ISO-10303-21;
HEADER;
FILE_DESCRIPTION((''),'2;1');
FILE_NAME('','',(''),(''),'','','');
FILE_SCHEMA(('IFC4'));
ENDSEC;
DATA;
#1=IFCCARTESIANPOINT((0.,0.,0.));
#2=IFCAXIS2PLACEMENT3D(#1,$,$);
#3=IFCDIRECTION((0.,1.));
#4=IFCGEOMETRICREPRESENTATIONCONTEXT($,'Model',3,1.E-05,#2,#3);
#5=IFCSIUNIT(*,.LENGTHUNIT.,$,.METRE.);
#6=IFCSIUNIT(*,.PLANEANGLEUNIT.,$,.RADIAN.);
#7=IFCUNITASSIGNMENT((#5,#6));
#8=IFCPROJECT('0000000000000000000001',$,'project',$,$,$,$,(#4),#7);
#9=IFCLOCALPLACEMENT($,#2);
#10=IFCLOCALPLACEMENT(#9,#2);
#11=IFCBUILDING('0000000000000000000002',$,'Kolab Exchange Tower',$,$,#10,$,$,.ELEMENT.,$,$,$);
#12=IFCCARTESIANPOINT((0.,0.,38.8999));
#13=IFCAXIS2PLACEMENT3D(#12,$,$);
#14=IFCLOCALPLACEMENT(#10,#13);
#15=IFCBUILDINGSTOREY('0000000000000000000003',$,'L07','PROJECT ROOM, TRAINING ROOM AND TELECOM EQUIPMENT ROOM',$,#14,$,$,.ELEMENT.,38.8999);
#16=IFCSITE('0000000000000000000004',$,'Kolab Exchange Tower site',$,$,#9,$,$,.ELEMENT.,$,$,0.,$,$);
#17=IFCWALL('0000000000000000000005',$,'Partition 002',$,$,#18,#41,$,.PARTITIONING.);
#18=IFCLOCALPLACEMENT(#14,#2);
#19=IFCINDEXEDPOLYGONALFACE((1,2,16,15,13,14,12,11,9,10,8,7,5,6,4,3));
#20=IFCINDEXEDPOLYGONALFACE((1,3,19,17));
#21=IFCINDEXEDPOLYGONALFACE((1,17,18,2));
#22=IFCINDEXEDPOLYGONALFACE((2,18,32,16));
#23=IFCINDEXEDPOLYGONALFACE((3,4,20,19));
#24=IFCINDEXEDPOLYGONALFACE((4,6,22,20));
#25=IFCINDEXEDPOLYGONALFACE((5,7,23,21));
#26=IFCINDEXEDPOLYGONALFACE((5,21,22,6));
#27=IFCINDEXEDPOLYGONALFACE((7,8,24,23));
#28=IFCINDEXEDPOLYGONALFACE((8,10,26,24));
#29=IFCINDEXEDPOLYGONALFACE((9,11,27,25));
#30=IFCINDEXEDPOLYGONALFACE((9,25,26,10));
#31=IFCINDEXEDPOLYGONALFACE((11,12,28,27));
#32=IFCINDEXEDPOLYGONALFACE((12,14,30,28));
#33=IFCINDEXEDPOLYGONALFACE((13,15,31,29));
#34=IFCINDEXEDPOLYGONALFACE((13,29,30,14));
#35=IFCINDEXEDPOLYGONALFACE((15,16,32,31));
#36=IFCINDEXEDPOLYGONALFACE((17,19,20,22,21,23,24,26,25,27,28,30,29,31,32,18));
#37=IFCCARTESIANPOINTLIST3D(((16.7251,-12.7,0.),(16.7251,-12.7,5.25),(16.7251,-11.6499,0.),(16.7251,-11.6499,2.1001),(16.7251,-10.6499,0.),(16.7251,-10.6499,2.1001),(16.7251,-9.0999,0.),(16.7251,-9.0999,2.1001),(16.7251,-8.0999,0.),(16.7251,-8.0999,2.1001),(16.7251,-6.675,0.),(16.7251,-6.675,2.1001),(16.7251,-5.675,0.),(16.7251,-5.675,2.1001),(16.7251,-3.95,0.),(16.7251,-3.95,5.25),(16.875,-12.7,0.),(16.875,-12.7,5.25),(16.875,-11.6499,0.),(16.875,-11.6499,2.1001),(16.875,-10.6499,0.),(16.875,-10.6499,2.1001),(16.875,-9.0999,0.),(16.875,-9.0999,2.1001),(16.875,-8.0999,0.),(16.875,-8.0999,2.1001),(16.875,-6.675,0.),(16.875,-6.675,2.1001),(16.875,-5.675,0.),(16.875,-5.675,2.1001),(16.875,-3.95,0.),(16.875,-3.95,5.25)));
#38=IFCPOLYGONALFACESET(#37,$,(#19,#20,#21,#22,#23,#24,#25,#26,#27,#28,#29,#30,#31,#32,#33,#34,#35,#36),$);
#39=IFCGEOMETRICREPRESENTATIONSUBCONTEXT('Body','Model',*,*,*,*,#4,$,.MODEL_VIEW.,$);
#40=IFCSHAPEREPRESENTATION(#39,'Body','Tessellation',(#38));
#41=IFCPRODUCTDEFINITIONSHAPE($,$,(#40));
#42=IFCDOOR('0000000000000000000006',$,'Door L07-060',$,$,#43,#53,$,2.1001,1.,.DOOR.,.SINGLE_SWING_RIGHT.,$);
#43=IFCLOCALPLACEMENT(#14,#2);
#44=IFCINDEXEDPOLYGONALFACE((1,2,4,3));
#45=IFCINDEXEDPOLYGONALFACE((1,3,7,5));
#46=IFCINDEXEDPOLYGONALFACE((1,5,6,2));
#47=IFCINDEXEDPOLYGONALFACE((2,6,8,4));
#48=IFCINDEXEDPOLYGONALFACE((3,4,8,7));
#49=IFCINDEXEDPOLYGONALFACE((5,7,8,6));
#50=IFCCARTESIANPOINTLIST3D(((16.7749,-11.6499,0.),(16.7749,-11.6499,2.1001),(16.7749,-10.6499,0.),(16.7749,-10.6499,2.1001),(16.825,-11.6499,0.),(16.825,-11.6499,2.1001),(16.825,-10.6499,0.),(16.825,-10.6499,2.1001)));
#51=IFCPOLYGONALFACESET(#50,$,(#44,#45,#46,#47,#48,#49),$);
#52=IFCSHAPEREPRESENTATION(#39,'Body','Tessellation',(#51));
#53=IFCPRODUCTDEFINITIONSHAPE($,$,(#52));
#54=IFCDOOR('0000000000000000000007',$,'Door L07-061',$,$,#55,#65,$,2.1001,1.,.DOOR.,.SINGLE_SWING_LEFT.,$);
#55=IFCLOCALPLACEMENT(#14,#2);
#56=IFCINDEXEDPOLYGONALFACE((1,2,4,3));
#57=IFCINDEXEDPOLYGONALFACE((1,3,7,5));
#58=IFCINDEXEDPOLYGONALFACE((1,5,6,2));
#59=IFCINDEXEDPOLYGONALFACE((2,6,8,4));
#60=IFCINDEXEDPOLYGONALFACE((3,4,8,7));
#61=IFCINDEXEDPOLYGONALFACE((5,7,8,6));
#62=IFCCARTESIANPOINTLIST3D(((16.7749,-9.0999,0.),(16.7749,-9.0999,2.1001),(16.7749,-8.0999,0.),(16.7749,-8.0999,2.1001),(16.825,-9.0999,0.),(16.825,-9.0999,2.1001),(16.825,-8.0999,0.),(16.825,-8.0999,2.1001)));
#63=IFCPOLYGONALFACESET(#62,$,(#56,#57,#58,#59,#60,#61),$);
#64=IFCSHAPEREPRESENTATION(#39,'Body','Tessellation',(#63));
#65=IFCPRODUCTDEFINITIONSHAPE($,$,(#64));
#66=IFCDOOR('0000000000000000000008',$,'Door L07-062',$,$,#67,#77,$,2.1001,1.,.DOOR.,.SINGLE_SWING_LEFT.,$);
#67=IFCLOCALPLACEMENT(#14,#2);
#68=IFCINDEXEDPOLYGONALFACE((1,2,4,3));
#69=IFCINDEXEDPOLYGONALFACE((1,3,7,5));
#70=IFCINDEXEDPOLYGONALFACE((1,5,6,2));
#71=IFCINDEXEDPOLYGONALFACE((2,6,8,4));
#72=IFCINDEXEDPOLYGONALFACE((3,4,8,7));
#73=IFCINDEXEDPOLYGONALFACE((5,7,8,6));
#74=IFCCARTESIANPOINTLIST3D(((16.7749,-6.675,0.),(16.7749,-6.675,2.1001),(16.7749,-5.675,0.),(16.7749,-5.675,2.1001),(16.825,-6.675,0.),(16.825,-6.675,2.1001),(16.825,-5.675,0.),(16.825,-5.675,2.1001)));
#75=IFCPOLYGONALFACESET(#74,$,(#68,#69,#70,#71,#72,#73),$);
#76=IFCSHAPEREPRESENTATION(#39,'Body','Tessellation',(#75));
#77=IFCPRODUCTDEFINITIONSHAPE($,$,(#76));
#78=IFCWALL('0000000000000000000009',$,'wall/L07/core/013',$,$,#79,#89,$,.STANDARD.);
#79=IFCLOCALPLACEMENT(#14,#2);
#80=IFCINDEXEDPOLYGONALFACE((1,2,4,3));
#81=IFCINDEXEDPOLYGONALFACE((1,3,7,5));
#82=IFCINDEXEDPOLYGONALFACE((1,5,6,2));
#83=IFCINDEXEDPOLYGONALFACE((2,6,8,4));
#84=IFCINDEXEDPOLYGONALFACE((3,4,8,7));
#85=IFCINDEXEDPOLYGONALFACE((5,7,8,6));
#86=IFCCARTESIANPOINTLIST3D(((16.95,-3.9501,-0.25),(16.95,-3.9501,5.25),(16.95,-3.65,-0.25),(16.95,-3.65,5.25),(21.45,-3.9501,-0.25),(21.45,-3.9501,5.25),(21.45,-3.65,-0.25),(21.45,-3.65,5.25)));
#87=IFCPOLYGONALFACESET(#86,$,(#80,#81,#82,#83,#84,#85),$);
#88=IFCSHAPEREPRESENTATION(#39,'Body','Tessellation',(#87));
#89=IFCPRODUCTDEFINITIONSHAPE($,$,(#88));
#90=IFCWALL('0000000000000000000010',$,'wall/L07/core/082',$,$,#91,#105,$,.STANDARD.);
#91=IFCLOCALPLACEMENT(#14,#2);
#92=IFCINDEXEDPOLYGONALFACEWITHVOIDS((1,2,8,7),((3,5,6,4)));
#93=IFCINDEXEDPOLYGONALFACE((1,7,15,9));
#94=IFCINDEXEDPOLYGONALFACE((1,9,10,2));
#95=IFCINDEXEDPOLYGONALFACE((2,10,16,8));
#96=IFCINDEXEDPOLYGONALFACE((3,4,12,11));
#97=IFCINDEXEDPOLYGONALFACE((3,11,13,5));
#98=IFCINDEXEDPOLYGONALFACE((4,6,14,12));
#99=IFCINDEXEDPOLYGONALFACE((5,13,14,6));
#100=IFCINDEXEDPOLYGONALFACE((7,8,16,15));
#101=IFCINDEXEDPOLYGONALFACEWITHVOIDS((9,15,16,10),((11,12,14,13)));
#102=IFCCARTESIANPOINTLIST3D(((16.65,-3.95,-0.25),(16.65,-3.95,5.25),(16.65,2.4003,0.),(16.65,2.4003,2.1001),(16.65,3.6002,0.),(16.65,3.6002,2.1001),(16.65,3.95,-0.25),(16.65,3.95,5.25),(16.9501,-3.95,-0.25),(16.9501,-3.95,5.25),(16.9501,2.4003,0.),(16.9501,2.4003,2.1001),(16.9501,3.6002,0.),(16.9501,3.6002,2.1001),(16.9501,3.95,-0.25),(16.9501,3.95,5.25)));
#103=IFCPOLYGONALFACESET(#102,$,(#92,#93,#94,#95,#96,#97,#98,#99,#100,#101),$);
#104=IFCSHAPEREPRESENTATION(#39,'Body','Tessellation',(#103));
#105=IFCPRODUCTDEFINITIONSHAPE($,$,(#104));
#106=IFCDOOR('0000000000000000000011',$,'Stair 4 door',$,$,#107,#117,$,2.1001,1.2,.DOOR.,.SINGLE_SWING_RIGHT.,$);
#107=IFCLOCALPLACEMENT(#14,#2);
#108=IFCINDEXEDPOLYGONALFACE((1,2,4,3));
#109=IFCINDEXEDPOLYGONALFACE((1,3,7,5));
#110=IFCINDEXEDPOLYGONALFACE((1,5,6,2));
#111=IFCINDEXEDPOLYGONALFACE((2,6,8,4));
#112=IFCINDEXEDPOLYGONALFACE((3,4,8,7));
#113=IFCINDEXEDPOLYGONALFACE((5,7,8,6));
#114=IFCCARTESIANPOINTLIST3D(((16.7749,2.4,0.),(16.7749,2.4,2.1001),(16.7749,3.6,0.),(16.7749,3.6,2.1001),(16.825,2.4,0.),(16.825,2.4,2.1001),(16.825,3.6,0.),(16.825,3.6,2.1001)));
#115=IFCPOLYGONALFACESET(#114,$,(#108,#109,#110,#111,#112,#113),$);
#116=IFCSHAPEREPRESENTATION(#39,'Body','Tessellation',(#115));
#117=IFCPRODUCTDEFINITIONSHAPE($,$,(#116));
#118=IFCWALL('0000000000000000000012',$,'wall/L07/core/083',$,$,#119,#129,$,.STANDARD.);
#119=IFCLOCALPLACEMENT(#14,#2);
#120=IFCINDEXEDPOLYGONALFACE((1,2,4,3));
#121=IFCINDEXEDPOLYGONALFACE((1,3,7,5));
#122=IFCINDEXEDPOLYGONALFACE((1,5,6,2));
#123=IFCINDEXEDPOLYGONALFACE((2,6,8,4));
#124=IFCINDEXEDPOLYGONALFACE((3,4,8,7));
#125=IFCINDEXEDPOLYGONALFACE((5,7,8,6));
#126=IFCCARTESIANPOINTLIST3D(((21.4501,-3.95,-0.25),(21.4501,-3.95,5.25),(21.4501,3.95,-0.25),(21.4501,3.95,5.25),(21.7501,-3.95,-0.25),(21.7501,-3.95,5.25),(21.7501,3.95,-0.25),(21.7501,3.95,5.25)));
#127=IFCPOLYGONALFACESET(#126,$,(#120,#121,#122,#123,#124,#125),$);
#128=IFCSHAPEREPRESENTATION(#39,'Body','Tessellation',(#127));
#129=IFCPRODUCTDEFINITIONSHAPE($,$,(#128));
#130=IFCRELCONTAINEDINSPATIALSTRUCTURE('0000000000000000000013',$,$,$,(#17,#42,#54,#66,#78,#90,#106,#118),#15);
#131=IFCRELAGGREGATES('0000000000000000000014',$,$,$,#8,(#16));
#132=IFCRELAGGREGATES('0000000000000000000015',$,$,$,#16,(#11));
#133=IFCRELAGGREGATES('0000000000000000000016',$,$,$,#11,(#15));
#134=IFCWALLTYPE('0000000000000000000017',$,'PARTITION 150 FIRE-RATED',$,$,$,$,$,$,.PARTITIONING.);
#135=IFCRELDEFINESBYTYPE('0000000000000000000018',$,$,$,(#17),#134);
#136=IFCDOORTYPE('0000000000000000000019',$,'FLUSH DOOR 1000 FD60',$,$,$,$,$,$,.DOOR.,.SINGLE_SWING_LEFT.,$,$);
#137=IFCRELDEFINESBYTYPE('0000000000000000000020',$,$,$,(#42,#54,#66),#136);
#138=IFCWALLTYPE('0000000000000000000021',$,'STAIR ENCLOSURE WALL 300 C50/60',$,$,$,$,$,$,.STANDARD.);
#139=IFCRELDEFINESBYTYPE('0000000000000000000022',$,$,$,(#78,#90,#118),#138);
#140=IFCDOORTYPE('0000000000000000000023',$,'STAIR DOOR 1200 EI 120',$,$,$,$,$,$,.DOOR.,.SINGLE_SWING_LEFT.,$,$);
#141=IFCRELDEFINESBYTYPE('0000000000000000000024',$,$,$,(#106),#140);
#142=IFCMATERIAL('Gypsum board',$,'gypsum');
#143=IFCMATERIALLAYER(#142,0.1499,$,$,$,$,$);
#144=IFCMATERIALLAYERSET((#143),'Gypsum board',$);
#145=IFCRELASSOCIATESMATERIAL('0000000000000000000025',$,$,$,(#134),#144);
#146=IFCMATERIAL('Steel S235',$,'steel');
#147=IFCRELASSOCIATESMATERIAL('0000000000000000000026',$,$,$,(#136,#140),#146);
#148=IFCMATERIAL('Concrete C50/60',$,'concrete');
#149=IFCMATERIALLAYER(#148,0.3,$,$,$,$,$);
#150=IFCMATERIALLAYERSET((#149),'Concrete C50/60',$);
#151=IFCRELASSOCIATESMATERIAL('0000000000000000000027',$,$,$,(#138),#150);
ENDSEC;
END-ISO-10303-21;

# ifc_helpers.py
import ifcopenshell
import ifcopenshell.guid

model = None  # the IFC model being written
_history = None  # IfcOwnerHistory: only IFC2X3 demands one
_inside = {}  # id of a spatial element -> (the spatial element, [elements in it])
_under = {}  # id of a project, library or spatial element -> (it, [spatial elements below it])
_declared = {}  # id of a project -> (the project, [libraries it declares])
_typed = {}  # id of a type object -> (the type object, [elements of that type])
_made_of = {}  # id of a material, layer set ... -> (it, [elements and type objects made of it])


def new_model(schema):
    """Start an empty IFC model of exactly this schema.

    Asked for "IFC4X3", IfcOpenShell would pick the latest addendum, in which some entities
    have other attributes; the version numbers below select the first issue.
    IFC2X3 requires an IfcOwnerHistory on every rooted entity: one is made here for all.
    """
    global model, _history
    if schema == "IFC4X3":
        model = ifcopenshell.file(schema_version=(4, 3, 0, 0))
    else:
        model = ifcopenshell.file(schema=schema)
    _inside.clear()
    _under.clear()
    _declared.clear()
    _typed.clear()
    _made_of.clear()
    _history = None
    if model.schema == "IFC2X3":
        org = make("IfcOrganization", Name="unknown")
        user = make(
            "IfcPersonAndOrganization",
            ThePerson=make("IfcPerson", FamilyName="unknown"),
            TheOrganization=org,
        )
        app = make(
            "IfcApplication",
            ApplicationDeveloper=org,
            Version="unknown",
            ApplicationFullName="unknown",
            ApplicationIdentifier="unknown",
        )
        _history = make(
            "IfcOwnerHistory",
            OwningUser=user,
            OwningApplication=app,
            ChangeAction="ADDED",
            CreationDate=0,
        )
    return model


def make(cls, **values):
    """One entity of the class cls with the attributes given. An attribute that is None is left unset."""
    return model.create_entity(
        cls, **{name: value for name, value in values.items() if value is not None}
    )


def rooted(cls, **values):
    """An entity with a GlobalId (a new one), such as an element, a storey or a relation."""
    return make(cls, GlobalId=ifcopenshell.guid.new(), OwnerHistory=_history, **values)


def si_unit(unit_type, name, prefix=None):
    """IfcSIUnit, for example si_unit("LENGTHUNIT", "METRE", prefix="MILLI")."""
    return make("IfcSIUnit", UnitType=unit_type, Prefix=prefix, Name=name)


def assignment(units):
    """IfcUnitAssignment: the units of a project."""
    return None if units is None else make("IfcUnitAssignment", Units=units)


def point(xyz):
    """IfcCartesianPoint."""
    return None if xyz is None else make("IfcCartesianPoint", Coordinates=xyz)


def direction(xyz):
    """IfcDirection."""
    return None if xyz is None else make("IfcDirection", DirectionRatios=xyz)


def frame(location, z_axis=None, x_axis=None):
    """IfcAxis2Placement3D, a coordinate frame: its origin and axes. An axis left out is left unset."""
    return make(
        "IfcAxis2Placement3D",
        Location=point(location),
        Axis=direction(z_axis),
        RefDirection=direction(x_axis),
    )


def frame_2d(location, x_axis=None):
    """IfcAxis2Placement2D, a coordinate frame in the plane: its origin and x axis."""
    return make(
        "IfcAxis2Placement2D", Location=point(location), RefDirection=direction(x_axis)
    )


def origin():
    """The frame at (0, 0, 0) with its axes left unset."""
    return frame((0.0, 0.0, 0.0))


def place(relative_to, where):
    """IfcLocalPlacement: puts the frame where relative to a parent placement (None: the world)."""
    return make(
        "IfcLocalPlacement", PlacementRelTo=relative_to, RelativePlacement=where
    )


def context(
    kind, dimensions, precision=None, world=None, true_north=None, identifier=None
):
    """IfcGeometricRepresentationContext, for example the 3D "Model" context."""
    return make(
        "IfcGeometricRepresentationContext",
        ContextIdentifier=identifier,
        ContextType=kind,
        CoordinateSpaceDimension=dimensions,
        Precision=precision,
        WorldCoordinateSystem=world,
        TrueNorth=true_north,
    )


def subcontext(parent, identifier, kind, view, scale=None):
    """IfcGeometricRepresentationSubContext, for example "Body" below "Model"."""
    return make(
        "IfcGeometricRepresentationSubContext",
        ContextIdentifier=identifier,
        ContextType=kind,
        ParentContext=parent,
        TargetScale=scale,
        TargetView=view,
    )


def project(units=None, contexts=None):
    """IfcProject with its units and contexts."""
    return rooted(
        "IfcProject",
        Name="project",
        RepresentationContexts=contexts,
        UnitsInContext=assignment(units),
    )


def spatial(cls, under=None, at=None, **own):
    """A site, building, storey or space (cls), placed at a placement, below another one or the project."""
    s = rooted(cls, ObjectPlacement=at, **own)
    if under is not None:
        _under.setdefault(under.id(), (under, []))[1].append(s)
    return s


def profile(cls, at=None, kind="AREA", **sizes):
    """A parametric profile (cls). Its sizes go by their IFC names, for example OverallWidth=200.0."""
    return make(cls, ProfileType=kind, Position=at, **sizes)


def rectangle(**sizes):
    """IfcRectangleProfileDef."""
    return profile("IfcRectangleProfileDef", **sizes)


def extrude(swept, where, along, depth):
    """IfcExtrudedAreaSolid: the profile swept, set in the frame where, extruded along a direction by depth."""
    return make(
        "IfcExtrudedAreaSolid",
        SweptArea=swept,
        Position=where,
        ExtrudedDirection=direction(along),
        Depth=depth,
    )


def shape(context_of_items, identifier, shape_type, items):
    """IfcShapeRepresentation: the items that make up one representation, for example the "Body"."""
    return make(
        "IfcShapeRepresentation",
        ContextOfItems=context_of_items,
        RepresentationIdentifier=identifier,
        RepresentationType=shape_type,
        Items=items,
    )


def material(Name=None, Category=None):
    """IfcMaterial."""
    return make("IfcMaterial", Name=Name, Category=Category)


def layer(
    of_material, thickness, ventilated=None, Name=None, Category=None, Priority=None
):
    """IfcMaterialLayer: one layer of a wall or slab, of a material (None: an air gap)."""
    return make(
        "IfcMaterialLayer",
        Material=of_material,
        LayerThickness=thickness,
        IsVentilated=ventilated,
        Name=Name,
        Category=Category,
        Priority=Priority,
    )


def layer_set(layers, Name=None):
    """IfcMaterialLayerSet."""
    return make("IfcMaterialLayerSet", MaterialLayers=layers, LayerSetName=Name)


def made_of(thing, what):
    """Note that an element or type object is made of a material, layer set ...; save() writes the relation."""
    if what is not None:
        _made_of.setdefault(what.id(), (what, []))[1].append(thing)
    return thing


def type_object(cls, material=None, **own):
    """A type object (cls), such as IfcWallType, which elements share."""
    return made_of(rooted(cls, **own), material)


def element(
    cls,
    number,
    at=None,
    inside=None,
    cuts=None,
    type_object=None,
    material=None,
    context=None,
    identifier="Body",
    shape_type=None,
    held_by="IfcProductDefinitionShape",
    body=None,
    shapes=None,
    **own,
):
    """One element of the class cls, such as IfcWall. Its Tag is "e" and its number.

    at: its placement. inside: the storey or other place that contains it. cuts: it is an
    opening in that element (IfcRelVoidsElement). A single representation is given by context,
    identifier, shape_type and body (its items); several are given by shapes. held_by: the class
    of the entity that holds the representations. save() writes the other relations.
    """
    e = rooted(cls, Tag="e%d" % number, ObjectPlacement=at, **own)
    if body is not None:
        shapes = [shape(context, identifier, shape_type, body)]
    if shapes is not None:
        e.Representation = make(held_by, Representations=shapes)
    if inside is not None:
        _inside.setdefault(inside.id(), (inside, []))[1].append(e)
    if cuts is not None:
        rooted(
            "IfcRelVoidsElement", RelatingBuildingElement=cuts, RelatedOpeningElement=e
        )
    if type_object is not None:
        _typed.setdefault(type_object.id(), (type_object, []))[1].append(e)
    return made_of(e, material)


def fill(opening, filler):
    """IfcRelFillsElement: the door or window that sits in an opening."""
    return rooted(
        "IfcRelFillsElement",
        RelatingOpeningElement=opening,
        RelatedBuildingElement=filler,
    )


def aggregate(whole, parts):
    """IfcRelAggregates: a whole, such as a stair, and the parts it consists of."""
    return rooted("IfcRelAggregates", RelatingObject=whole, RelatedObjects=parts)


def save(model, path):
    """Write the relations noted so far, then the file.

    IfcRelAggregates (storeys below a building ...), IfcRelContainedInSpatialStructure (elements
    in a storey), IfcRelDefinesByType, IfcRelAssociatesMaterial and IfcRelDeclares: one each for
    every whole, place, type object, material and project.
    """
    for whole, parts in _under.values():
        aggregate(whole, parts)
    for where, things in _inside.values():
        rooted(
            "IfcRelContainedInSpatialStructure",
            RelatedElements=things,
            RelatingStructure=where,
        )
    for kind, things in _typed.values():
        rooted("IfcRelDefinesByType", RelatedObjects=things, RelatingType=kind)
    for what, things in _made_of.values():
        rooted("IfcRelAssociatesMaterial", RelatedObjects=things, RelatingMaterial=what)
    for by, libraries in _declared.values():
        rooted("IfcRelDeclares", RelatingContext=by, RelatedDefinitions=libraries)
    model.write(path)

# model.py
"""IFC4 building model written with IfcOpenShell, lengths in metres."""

from ifc_helpers import new_model, si_unit, direction, frame, frame_2d, origin, place, context, subcontext, project, spatial, rectangle, extrude, material, layer, layer_set, type_object, element, fill, save


model = new_model("IFC4")

# Units and contexts
model_context = context("Model", 3, precision=1e-05, world=origin(), true_north=direction((0.0, 1.0)))
body_context = subcontext(model_context, "Body", "Model", "MODEL_VIEW")
ifc_project = project(units=[si_unit("LENGTHUNIT", "METRE"), si_unit("PLANEANGLEUNIT", "RADIAN")], contexts=[model_context])

# Site, building, storey
site_placement = place(None, origin())
site = spatial("IfcSite", under=ifc_project, at=site_placement, Name="Kolab Exchange Tower site", CompositionType="ELEMENT", RefElevation=0.0)
building_placement = place(site_placement, origin())
building = spatial("IfcBuilding", under=site, at=building_placement, Name="Kolab Exchange Tower", CompositionType="ELEMENT")
storey_placement = place(building_placement, frame((0.0, 0.0, 38.8999)))
storey = spatial("IfcBuildingStorey", under=building, at=storey_placement, Name="L07", Description="PROJECT ROOM, TRAINING ROOM AND TELECOM EQUIPMENT ROOM", CompositionType="ELEMENT", Elevation=38.8999)

# Shared definitions
ifc_material_1 = material(Name="Gypsum board", Category="gypsum")

# Wall, openings, doors
ifc_layer_1 = layer(ifc_material_1, 0.1499)
ifc_layer_set_1 = layer_set([ifc_layer_1], Name="Gypsum board")
wall_type_1 = type_object("IfcWallType", Name="PARTITION 150 FIRE-RATED", PredefinedType="PARTITIONING", material=ifc_layer_set_1)
wall_1_placement = place(storey_placement, frame((16.8, -12.7, 0.0), z_axis=(0.0, 0.0, 1.0), x_axis=(0.0, 1.0, 0.0)))
wall_1 = element("IfcWall", 1, at=wall_1_placement, inside=storey, type_object=wall_type_1, Name="Partition 002", PredefinedType="PARTITIONING", context=body_context, shape_type="SweptSolid", body=[
    extrude(rectangle(XDim=8.75, YDim=0.1499, at=frame_2d((4.375, 0.0))), origin(), (0.0, 0.0, 1.0), 5.25),
])
opening_1_placement = place(wall_1_placement, frame((1.05, 0.0, 0.0)))
opening_1 = element("IfcOpeningElement", 2, at=opening_1_placement, cuts=wall_1, PredefinedType="OPENING", context=body_context, shape_type="SweptSolid", body=[
    extrude(rectangle(XDim=1.0, YDim=2.1001, at=frame_2d((0.5, 1.05))), frame((0.0, 0.085, 0.0), z_axis=(0.0, -1.0, 0.0), x_axis=(1.0, 0.0, 0.0)), (0.0, 0.0, 1.0), 0.1699),
])
opening_2_placement = place(wall_1_placement, frame((3.6001, 0.0, 0.0)))
opening_2 = element("IfcOpeningElement", 3, at=opening_2_placement, cuts=wall_1, PredefinedType="OPENING", context=body_context, shape_type="SweptSolid", body=[
    extrude(rectangle(XDim=1.0, YDim=2.1001, at=frame_2d((0.5, 1.05))), frame((0.0, 0.085, 0.0), z_axis=(0.0, -1.0, 0.0), x_axis=(1.0, 0.0, 0.0)), (0.0, 0.0, 1.0), 0.1699),
])
opening_3_placement = place(wall_1_placement, frame((6.0249, 0.0, 0.0)))
opening_3 = element("IfcOpeningElement", 4, at=opening_3_placement, cuts=wall_1, PredefinedType="OPENING", context=body_context, shape_type="SweptSolid", body=[
    extrude(rectangle(XDim=1.0, YDim=2.1001, at=frame_2d((0.5, 1.05))), frame((0.0, 0.085, 0.0), z_axis=(0.0, -1.0, 0.0), x_axis=(1.0, 0.0, 0.0)), (0.0, 0.0, 1.0), 0.1699),
])
ifc_material_2 = material(Name="Steel S235", Category="steel")
door_type_1 = type_object("IfcDoorType", Name="FLUSH DOOR 1000 FD60", OperationType="SINGLE_SWING_LEFT", PredefinedType="DOOR", material=ifc_material_2)
door_1_placement = place(opening_1_placement, frame((1.0, 0.0, 0.0), z_axis=(0.0, 0.0, 1.0), x_axis=(-1.0, 0.0, 0.0)))
door_1 = element("IfcDoor", 5, at=door_1_placement, inside=storey, type_object=door_type_1, Name="Door L07-060", OperationType="SINGLE_SWING_RIGHT", OverallHeight=2.1001, OverallWidth=1.0, PredefinedType="DOOR", context=body_context, shape_type="SweptSolid", body=[
    extrude(rectangle(XDim=1.0, YDim=2.1001, at=frame_2d((0.5, 1.05))), frame((0.0, 0.0249, 0.0), z_axis=(0.0, -1.0, 0.0), x_axis=(1.0, 0.0, 0.0)), (0.0, 0.0, 1.0), 0.05),
])
fill(opening_1, door_1)
door_2_placement = place(opening_2_placement, frame((1.0, 0.0, 0.0), z_axis=(0.0, 0.0, 1.0), x_axis=(-1.0, 0.0, 0.0)))
door_2 = element("IfcDoor", 6, at=door_2_placement, inside=storey, type_object=door_type_1, Name="Door L07-061", OperationType="SINGLE_SWING_LEFT", OverallHeight=2.1001, OverallWidth=1.0, PredefinedType="DOOR", context=body_context, shape_type="SweptSolid", body=[
    extrude(rectangle(XDim=1.0, YDim=2.1001, at=frame_2d((0.5, 1.05))), frame((0.0, 0.0249, 0.0), z_axis=(0.0, -1.0, 0.0), x_axis=(1.0, 0.0, 0.0)), (0.0, 0.0, 1.0), 0.05),
])
fill(opening_2, door_2)
door_3_placement = place(opening_3_placement, frame((1.0, 0.0, 0.0), z_axis=(0.0, 0.0, 1.0), x_axis=(-1.0, 0.0, 0.0)))
door_3 = element("IfcDoor", 7, at=door_3_placement, inside=storey, type_object=door_type_1, Name="Door L07-062", OperationType="SINGLE_SWING_LEFT", OverallHeight=2.1001, OverallWidth=1.0, PredefinedType="DOOR", context=body_context, shape_type="SweptSolid", body=[
    extrude(rectangle(XDim=1.0, YDim=2.1001, at=frame_2d((0.5, 1.05))), frame((0.0, 0.0249, 0.0), z_axis=(0.0, -1.0, 0.0), x_axis=(1.0, 0.0, 0.0)), (0.0, 0.0, 1.0), 0.05),
])
fill(opening_3, door_3)

# Wall
ifc_material_3 = material(Name="Concrete C50/60", Category="concrete")
ifc_layer_2 = layer(ifc_material_3, 0.3)
ifc_layer_set_2 = layer_set([ifc_layer_2], Name="Concrete C50/60")
wall_type_2 = type_object("IfcWallType", Name="STAIR ENCLOSURE WALL 300 C50/60", PredefinedType="STANDARD", material=ifc_layer_set_2)
wall_2_placement = place(storey_placement, frame((16.95, -3.8, -0.25), z_axis=(0.0, 0.0, 1.0), x_axis=(1.0, 0.0, 0.0)))
element("IfcWall", 8, at=wall_2_placement, inside=storey, type_object=wall_type_2, Name="wall/L07/core/013", PredefinedType="STANDARD", context=body_context, shape_type="SweptSolid", body=[
    extrude(rectangle(XDim=4.5, YDim=0.3, at=frame_2d((2.25, 0.0))), origin(), (0.0, 0.0, 1.0), 5.5),
])

# Wall, opening, door
wall_3_placement = place(storey_placement, frame((16.8, -3.95, -0.25), z_axis=(0.0, 0.0, 1.0), x_axis=(0.0, 1.0, 0.0)))
wall_3 = element("IfcWall", 9, at=wall_3_placement, inside=storey, type_object=wall_type_2, Name="wall/L07/core/082", PredefinedType="STANDARD", context=body_context, shape_type="SweptSolid", body=[
    extrude(rectangle(XDim=7.8999, YDim=0.3, at=frame_2d((3.95, 0.0))), origin(), (0.0, 0.0, 1.0), 5.5),
])
opening_4_placement = place(wall_3_placement, frame((6.3501, 0.0, 0.25)))
opening_4 = element("IfcOpeningElement", 10, at=opening_4_placement, cuts=wall_3, PredefinedType="OPENING", context=body_context, shape_type="SweptSolid", body=[
    extrude(rectangle(XDim=1.2, YDim=2.1001, at=frame_2d((0.6001, 1.05))), frame((0.0, 0.1602, 0.0), z_axis=(0.0, -1.0, 0.0), x_axis=(1.0, 0.0, 0.0)), (0.0, 0.0, 1.0), 0.3201),
])
door_type_2 = type_object("IfcDoorType", Name="STAIR DOOR 1200 EI 120", OperationType="SINGLE_SWING_LEFT", PredefinedType="DOOR", material=ifc_material_2)
door_4_placement = place(opening_4_placement, frame((1.2, 0.0, 0.0), z_axis=(0.0, 0.0, 1.0), x_axis=(-1.0, 0.0, 0.0)))
door_4 = element("IfcDoor", 11, at=door_4_placement, inside=storey, type_object=door_type_2, Name="Stair 4 door", OperationType="SINGLE_SWING_RIGHT", OverallHeight=2.1001, OverallWidth=1.2, PredefinedType="DOOR", context=body_context, shape_type="SweptSolid", body=[
    extrude(rectangle(XDim=1.2, YDim=2.1001, at=frame_2d((0.6001, 1.05))), frame((0.0, 0.0249, 0.0), z_axis=(0.0, -1.0, 0.0), x_axis=(1.0, 0.0, 0.0)), (0.0, 0.0, 1.0), 0.05),
])
fill(opening_4, door_4)

# Wall
wall_4_placement = place(storey_placement, frame((21.6001, -3.95, -0.25), z_axis=(0.0, 0.0, 1.0), x_axis=(0.0, 1.0, 0.0)))
element("IfcWall", 12, at=wall_4_placement, inside=storey, type_object=wall_type_2, Name="wall/L07/core/083", PredefinedType="STANDARD", context=body_context, shape_type="SweptSolid", body=[
    extrude(rectangle(XDim=7.8999, YDim=0.3, at=frame_2d((3.95, 0.0))), origin(), (0.0, 0.0, 1.0), 5.5),
])

save(model, "model.ifc")
